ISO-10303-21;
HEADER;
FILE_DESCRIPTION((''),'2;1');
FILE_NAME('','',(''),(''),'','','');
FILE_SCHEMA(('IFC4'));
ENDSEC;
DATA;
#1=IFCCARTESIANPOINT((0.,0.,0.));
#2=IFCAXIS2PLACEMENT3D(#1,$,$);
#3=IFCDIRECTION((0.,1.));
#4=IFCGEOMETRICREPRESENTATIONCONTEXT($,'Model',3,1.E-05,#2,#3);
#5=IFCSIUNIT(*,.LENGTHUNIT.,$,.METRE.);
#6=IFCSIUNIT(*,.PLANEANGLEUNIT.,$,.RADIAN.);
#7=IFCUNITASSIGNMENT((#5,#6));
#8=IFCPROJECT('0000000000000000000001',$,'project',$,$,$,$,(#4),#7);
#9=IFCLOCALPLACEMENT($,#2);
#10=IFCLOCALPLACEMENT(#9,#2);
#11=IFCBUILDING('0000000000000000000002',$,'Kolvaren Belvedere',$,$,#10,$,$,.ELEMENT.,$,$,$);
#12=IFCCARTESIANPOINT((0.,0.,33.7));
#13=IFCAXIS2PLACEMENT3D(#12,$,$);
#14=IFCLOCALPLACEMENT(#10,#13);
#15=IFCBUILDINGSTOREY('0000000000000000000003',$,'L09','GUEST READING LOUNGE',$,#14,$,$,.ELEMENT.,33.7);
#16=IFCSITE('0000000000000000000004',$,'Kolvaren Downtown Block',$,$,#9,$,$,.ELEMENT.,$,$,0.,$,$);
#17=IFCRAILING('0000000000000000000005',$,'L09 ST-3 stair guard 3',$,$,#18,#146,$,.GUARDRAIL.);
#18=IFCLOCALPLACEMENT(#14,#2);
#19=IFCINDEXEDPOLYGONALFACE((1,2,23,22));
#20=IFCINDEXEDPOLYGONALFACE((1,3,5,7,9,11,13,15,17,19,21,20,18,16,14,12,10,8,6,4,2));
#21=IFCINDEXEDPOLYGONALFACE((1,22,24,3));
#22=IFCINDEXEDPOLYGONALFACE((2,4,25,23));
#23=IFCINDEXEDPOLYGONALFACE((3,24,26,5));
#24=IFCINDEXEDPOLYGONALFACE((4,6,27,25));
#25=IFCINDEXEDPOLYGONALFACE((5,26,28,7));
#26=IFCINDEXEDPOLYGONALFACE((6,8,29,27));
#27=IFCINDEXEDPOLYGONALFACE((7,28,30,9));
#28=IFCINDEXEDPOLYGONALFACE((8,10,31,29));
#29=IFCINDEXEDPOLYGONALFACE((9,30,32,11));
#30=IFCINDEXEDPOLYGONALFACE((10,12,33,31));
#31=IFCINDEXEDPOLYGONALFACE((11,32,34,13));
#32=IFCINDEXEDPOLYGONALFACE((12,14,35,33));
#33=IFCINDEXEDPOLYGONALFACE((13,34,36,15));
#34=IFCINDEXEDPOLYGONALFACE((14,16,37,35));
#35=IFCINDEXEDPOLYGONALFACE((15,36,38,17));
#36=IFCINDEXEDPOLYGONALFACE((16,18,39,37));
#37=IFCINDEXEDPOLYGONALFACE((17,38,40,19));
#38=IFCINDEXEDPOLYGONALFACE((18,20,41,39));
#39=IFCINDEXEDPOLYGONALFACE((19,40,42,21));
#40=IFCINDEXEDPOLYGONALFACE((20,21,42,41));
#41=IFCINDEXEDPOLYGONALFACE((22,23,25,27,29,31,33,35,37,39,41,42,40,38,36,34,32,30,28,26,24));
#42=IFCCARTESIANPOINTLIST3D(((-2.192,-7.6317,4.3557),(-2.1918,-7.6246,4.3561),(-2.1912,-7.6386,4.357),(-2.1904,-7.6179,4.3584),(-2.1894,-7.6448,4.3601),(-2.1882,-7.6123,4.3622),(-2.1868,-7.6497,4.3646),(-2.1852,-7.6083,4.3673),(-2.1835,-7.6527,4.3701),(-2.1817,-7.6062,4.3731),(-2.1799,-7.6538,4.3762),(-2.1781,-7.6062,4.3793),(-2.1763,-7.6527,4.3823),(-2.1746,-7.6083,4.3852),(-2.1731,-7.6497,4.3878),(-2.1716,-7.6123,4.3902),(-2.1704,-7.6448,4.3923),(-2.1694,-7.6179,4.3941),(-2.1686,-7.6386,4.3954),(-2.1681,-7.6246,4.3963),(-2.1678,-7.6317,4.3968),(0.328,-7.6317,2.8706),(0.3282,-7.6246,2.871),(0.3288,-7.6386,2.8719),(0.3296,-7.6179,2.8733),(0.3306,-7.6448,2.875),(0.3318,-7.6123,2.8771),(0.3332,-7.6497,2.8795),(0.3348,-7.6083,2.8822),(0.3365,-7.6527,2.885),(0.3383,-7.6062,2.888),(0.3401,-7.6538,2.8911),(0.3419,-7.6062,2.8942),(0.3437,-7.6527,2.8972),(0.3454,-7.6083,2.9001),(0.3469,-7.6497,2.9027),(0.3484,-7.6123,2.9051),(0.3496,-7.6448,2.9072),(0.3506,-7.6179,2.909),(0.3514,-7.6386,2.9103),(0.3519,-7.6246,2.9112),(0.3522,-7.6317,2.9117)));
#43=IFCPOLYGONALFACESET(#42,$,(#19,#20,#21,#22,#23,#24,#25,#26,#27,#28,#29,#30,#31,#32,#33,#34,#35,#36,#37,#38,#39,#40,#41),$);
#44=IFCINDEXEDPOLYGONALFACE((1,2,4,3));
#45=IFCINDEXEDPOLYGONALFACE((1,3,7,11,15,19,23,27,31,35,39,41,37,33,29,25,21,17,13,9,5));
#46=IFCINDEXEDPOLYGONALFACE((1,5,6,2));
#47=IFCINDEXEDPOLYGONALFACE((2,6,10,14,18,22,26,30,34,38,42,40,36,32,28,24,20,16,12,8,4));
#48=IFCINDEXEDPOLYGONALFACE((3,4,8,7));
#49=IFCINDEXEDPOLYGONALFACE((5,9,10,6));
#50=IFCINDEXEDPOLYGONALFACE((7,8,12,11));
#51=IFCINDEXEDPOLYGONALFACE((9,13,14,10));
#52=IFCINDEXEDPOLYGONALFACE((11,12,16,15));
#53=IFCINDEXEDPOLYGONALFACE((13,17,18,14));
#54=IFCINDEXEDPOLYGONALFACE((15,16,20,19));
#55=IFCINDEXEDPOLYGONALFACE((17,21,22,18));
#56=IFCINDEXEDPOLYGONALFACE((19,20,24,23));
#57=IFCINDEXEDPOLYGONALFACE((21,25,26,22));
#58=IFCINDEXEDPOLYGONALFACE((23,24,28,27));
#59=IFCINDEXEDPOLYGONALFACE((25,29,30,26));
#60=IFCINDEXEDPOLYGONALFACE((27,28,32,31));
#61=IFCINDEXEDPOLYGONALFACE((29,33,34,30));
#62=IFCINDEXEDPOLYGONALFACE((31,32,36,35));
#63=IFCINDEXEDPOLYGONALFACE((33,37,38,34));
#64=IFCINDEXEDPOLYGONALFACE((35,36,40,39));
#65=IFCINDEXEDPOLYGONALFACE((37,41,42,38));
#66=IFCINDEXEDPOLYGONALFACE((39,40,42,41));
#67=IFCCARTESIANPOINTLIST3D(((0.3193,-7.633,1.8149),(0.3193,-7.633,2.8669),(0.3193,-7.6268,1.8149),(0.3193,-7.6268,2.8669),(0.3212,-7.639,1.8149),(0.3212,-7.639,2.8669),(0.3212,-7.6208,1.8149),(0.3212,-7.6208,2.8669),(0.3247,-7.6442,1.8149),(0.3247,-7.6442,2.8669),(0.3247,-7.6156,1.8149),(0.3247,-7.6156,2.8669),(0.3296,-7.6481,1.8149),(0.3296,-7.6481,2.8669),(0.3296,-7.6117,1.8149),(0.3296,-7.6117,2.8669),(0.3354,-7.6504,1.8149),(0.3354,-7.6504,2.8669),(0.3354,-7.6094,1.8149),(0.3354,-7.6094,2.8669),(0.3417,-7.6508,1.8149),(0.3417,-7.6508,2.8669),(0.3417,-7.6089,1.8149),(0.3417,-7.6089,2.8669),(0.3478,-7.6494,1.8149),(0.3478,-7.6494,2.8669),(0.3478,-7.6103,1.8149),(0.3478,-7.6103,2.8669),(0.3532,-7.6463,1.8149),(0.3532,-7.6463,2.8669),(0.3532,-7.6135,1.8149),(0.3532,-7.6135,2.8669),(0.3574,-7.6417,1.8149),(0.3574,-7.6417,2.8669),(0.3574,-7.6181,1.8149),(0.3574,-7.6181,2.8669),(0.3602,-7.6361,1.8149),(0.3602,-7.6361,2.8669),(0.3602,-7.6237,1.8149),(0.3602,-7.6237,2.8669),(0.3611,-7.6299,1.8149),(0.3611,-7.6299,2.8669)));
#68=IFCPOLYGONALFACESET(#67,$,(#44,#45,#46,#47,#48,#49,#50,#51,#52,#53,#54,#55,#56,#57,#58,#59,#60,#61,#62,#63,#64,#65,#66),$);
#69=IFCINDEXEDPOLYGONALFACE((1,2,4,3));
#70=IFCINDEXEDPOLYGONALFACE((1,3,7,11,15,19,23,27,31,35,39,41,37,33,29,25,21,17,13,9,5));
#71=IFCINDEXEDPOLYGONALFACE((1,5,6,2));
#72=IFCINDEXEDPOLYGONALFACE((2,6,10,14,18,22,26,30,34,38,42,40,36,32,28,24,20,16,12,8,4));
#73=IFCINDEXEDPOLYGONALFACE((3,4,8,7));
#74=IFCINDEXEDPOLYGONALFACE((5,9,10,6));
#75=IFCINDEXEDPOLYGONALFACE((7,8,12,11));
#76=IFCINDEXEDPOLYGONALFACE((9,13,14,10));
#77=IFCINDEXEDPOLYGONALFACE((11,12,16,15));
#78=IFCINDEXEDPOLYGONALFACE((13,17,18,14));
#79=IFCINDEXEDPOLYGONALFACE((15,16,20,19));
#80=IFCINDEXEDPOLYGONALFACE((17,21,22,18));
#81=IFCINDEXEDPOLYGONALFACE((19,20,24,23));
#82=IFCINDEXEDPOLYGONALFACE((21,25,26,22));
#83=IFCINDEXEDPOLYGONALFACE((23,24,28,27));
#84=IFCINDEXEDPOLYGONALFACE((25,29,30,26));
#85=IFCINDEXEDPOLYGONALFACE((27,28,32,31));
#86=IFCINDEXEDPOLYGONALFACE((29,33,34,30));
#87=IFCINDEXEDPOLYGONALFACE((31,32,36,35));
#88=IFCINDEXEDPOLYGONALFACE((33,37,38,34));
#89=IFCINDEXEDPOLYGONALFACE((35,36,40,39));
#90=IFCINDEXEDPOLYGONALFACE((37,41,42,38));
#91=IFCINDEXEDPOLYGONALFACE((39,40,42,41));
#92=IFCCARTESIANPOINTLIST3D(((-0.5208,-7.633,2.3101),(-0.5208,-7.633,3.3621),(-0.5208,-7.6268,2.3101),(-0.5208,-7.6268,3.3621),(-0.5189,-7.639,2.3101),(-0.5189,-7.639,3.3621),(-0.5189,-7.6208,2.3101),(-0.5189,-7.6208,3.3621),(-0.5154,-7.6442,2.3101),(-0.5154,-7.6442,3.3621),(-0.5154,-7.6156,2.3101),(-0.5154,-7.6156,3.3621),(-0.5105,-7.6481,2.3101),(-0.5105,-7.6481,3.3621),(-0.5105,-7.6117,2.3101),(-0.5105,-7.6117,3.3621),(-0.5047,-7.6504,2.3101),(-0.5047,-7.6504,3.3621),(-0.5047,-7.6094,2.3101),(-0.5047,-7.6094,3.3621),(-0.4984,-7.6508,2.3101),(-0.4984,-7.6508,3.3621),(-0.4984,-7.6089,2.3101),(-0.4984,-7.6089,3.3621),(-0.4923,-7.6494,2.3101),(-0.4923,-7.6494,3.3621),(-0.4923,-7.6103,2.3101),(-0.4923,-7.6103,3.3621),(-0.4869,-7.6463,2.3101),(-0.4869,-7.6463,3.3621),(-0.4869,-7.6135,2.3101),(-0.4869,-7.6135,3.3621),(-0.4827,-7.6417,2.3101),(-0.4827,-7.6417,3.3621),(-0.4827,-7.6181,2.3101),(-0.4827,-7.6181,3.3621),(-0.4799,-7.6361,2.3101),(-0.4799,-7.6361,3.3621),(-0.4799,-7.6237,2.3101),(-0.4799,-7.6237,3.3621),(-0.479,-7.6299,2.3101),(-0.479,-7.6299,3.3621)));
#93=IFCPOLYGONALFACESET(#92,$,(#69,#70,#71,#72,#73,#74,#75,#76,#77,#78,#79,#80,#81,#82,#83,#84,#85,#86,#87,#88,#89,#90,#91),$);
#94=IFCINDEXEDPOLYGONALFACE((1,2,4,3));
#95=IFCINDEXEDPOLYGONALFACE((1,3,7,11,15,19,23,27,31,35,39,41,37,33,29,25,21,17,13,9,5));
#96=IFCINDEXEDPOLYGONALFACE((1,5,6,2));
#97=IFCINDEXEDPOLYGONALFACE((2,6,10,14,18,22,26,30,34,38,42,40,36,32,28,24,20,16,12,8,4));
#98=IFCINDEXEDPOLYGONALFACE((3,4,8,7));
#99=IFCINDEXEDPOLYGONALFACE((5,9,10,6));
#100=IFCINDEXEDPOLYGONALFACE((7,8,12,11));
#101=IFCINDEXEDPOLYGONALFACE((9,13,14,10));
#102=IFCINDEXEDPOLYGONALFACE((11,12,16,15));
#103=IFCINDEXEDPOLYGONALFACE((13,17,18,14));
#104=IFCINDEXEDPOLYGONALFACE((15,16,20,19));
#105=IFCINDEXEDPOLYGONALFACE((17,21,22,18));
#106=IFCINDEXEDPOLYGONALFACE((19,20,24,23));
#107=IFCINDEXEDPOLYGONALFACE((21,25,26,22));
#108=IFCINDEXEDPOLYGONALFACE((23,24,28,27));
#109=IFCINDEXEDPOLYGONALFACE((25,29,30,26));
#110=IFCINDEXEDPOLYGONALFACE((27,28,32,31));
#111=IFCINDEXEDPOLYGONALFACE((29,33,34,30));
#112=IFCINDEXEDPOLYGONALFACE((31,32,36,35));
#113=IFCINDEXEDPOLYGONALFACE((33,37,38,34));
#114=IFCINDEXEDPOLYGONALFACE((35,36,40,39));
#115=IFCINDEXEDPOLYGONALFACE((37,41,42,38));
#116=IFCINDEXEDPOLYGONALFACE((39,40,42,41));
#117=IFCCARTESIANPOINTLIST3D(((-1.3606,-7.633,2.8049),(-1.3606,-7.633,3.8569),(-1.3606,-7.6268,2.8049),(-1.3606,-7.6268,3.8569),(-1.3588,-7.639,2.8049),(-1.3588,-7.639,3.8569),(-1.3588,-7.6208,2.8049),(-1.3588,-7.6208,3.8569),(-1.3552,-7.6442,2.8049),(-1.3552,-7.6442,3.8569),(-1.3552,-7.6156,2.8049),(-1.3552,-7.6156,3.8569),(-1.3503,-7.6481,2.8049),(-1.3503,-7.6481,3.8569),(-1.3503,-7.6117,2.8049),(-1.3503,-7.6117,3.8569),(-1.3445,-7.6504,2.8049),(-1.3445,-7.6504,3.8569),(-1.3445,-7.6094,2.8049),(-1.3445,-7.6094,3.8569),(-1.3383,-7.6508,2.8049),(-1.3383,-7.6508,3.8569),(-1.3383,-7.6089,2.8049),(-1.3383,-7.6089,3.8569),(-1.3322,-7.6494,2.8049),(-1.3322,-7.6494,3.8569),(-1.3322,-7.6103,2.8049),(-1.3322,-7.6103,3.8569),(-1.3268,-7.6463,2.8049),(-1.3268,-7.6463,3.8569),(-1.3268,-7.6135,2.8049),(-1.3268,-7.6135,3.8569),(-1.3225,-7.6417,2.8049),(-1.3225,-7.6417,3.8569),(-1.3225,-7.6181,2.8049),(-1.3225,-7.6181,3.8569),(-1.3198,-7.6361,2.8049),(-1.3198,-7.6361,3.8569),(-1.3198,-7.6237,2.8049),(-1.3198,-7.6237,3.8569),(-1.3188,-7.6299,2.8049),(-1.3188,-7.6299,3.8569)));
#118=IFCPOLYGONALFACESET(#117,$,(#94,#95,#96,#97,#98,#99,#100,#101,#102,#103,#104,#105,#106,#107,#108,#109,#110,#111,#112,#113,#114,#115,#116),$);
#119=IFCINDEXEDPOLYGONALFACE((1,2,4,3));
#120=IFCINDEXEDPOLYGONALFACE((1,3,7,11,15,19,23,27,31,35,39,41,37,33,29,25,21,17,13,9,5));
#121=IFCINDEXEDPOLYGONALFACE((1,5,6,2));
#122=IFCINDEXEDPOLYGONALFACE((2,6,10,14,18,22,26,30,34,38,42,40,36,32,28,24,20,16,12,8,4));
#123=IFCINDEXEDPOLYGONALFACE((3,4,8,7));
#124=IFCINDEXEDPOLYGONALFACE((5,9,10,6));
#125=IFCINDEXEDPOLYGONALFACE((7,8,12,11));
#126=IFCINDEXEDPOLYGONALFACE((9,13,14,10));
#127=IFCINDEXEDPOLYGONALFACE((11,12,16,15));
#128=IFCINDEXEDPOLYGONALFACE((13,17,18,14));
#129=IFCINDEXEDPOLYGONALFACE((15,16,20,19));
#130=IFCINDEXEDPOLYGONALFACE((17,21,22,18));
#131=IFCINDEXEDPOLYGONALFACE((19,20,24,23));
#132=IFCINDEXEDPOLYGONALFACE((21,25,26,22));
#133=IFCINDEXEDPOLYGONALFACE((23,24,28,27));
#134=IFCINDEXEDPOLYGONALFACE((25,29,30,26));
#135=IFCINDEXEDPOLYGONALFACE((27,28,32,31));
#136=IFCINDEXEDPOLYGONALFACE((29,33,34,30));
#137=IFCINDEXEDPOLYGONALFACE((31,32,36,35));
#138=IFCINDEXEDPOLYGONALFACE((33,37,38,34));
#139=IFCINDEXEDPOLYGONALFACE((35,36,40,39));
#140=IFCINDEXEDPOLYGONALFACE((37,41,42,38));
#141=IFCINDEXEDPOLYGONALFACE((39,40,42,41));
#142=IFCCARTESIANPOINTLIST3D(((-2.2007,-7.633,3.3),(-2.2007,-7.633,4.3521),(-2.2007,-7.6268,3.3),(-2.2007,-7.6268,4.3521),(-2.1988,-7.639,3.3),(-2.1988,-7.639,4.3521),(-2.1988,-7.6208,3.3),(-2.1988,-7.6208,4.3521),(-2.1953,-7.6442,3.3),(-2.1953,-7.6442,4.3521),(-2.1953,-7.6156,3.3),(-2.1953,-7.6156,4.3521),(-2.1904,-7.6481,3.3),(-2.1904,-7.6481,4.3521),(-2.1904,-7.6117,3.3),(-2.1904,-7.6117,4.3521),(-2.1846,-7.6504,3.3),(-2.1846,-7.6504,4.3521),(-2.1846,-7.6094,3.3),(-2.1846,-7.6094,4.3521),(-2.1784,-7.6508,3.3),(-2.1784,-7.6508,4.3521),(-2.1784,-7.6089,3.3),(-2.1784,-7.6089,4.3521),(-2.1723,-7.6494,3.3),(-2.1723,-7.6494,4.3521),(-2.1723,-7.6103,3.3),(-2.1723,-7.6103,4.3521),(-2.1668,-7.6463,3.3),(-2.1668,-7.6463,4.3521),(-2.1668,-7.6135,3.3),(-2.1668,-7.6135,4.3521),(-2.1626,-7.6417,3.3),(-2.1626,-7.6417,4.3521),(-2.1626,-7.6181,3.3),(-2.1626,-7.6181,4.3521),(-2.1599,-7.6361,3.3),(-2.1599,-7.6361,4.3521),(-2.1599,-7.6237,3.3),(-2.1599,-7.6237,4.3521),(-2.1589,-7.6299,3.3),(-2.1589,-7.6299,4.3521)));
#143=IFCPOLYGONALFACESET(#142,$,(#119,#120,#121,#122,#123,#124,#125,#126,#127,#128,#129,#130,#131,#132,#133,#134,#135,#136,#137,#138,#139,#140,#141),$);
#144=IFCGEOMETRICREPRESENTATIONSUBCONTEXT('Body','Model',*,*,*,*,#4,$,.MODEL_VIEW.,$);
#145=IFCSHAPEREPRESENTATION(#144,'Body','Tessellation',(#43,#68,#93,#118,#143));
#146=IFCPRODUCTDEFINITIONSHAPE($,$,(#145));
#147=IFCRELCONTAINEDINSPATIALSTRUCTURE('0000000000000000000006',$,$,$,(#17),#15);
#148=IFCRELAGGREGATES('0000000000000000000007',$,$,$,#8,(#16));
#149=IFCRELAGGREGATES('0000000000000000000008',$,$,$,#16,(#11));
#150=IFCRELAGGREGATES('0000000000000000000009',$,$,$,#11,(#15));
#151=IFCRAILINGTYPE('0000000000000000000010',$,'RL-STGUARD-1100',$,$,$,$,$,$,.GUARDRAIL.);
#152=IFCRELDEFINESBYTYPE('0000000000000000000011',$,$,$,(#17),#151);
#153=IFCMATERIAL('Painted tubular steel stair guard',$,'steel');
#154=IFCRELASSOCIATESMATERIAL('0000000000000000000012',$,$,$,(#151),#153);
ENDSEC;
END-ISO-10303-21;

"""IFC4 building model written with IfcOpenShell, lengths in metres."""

from ifc_helpers import new_model, si_unit, direction, frame, origin, origin_2d, place, context, subcontext, project, spatial, circle, extrude, material, type_object, element, save


model = new_model("IFC4")

# Units and contexts
model_context = context("Model", 3, precision=1e-05, world=origin(), true_north=direction((0.0, 1.0)))
body_context = subcontext(model_context, "Body", "Model", "MODEL_VIEW")
ifc_project = project(units=[si_unit("LENGTHUNIT", "METRE"), si_unit("PLANEANGLEUNIT", "RADIAN")], contexts=[model_context])

# Site, building, storey
site_placement = place(None, origin())
site = spatial("IfcSite", under=ifc_project, at=site_placement, Name="Kolvaren Downtown Block", CompositionType="ELEMENT", RefElevation=0.0)
building_placement = place(site_placement, origin())
building = spatial("IfcBuilding", under=site, at=building_placement, Name="Kolvaren Belvedere", CompositionType="ELEMENT")
storey_placement = place(building_placement, frame((0.0, 0.0, 33.7)))
storey = spatial("IfcBuildingStorey", under=building, at=storey_placement, Name="L09", Description="GUEST READING LOUNGE", CompositionType="ELEMENT", Elevation=33.7)

# Railing
ifc_material_1 = material(Name="Painted tubular steel stair guard", Category="steel")
railing_type_1 = type_object("IfcRailingType", Name="RL-STGUARD-1100", PredefinedType="GUARDRAIL", material=ifc_material_1)
railing_1_placement = place(storey_placement, frame((0.3401, -7.6299, 1.8149)))
element("IfcRailing", 1, at=railing_1_placement, inside=storey, type_object=railing_type_1, Name="L09 ST-3 stair guard 3", PredefinedType="GUARDRAIL", context=body_context, shape_type="SweptSolid", body=[
    extrude(circle(Radius=0.0239, at=origin_2d()), frame((0.0, 0.0, 1.0762), z_axis=(-0.861524, 0.0, 0.507717), x_axis=(0.0, -1.0, 0.0)), (0.0, 0.0, 1.0), 2.925),
    extrude(circle(Radius=0.021, at=origin_2d()), origin(), (0.0, 0.0, 1.0), 1.052),
    extrude(circle(Radius=0.021, at=origin_2d()), frame((-0.8401, 0.0, 0.4951)), (0.0, 0.0, 1.0), 1.052),
    extrude(circle(Radius=0.021, at=origin_2d()), frame((-1.6799, 0.0, 0.99)), (0.0, 0.0, 1.0), 1.052),
    extrude(circle(Radius=0.021, at=origin_2d()), frame((-2.52, 0.0, 1.4851)), (0.0, 0.0, 1.0), 1.052),
])

save(model, "model.ifc")
